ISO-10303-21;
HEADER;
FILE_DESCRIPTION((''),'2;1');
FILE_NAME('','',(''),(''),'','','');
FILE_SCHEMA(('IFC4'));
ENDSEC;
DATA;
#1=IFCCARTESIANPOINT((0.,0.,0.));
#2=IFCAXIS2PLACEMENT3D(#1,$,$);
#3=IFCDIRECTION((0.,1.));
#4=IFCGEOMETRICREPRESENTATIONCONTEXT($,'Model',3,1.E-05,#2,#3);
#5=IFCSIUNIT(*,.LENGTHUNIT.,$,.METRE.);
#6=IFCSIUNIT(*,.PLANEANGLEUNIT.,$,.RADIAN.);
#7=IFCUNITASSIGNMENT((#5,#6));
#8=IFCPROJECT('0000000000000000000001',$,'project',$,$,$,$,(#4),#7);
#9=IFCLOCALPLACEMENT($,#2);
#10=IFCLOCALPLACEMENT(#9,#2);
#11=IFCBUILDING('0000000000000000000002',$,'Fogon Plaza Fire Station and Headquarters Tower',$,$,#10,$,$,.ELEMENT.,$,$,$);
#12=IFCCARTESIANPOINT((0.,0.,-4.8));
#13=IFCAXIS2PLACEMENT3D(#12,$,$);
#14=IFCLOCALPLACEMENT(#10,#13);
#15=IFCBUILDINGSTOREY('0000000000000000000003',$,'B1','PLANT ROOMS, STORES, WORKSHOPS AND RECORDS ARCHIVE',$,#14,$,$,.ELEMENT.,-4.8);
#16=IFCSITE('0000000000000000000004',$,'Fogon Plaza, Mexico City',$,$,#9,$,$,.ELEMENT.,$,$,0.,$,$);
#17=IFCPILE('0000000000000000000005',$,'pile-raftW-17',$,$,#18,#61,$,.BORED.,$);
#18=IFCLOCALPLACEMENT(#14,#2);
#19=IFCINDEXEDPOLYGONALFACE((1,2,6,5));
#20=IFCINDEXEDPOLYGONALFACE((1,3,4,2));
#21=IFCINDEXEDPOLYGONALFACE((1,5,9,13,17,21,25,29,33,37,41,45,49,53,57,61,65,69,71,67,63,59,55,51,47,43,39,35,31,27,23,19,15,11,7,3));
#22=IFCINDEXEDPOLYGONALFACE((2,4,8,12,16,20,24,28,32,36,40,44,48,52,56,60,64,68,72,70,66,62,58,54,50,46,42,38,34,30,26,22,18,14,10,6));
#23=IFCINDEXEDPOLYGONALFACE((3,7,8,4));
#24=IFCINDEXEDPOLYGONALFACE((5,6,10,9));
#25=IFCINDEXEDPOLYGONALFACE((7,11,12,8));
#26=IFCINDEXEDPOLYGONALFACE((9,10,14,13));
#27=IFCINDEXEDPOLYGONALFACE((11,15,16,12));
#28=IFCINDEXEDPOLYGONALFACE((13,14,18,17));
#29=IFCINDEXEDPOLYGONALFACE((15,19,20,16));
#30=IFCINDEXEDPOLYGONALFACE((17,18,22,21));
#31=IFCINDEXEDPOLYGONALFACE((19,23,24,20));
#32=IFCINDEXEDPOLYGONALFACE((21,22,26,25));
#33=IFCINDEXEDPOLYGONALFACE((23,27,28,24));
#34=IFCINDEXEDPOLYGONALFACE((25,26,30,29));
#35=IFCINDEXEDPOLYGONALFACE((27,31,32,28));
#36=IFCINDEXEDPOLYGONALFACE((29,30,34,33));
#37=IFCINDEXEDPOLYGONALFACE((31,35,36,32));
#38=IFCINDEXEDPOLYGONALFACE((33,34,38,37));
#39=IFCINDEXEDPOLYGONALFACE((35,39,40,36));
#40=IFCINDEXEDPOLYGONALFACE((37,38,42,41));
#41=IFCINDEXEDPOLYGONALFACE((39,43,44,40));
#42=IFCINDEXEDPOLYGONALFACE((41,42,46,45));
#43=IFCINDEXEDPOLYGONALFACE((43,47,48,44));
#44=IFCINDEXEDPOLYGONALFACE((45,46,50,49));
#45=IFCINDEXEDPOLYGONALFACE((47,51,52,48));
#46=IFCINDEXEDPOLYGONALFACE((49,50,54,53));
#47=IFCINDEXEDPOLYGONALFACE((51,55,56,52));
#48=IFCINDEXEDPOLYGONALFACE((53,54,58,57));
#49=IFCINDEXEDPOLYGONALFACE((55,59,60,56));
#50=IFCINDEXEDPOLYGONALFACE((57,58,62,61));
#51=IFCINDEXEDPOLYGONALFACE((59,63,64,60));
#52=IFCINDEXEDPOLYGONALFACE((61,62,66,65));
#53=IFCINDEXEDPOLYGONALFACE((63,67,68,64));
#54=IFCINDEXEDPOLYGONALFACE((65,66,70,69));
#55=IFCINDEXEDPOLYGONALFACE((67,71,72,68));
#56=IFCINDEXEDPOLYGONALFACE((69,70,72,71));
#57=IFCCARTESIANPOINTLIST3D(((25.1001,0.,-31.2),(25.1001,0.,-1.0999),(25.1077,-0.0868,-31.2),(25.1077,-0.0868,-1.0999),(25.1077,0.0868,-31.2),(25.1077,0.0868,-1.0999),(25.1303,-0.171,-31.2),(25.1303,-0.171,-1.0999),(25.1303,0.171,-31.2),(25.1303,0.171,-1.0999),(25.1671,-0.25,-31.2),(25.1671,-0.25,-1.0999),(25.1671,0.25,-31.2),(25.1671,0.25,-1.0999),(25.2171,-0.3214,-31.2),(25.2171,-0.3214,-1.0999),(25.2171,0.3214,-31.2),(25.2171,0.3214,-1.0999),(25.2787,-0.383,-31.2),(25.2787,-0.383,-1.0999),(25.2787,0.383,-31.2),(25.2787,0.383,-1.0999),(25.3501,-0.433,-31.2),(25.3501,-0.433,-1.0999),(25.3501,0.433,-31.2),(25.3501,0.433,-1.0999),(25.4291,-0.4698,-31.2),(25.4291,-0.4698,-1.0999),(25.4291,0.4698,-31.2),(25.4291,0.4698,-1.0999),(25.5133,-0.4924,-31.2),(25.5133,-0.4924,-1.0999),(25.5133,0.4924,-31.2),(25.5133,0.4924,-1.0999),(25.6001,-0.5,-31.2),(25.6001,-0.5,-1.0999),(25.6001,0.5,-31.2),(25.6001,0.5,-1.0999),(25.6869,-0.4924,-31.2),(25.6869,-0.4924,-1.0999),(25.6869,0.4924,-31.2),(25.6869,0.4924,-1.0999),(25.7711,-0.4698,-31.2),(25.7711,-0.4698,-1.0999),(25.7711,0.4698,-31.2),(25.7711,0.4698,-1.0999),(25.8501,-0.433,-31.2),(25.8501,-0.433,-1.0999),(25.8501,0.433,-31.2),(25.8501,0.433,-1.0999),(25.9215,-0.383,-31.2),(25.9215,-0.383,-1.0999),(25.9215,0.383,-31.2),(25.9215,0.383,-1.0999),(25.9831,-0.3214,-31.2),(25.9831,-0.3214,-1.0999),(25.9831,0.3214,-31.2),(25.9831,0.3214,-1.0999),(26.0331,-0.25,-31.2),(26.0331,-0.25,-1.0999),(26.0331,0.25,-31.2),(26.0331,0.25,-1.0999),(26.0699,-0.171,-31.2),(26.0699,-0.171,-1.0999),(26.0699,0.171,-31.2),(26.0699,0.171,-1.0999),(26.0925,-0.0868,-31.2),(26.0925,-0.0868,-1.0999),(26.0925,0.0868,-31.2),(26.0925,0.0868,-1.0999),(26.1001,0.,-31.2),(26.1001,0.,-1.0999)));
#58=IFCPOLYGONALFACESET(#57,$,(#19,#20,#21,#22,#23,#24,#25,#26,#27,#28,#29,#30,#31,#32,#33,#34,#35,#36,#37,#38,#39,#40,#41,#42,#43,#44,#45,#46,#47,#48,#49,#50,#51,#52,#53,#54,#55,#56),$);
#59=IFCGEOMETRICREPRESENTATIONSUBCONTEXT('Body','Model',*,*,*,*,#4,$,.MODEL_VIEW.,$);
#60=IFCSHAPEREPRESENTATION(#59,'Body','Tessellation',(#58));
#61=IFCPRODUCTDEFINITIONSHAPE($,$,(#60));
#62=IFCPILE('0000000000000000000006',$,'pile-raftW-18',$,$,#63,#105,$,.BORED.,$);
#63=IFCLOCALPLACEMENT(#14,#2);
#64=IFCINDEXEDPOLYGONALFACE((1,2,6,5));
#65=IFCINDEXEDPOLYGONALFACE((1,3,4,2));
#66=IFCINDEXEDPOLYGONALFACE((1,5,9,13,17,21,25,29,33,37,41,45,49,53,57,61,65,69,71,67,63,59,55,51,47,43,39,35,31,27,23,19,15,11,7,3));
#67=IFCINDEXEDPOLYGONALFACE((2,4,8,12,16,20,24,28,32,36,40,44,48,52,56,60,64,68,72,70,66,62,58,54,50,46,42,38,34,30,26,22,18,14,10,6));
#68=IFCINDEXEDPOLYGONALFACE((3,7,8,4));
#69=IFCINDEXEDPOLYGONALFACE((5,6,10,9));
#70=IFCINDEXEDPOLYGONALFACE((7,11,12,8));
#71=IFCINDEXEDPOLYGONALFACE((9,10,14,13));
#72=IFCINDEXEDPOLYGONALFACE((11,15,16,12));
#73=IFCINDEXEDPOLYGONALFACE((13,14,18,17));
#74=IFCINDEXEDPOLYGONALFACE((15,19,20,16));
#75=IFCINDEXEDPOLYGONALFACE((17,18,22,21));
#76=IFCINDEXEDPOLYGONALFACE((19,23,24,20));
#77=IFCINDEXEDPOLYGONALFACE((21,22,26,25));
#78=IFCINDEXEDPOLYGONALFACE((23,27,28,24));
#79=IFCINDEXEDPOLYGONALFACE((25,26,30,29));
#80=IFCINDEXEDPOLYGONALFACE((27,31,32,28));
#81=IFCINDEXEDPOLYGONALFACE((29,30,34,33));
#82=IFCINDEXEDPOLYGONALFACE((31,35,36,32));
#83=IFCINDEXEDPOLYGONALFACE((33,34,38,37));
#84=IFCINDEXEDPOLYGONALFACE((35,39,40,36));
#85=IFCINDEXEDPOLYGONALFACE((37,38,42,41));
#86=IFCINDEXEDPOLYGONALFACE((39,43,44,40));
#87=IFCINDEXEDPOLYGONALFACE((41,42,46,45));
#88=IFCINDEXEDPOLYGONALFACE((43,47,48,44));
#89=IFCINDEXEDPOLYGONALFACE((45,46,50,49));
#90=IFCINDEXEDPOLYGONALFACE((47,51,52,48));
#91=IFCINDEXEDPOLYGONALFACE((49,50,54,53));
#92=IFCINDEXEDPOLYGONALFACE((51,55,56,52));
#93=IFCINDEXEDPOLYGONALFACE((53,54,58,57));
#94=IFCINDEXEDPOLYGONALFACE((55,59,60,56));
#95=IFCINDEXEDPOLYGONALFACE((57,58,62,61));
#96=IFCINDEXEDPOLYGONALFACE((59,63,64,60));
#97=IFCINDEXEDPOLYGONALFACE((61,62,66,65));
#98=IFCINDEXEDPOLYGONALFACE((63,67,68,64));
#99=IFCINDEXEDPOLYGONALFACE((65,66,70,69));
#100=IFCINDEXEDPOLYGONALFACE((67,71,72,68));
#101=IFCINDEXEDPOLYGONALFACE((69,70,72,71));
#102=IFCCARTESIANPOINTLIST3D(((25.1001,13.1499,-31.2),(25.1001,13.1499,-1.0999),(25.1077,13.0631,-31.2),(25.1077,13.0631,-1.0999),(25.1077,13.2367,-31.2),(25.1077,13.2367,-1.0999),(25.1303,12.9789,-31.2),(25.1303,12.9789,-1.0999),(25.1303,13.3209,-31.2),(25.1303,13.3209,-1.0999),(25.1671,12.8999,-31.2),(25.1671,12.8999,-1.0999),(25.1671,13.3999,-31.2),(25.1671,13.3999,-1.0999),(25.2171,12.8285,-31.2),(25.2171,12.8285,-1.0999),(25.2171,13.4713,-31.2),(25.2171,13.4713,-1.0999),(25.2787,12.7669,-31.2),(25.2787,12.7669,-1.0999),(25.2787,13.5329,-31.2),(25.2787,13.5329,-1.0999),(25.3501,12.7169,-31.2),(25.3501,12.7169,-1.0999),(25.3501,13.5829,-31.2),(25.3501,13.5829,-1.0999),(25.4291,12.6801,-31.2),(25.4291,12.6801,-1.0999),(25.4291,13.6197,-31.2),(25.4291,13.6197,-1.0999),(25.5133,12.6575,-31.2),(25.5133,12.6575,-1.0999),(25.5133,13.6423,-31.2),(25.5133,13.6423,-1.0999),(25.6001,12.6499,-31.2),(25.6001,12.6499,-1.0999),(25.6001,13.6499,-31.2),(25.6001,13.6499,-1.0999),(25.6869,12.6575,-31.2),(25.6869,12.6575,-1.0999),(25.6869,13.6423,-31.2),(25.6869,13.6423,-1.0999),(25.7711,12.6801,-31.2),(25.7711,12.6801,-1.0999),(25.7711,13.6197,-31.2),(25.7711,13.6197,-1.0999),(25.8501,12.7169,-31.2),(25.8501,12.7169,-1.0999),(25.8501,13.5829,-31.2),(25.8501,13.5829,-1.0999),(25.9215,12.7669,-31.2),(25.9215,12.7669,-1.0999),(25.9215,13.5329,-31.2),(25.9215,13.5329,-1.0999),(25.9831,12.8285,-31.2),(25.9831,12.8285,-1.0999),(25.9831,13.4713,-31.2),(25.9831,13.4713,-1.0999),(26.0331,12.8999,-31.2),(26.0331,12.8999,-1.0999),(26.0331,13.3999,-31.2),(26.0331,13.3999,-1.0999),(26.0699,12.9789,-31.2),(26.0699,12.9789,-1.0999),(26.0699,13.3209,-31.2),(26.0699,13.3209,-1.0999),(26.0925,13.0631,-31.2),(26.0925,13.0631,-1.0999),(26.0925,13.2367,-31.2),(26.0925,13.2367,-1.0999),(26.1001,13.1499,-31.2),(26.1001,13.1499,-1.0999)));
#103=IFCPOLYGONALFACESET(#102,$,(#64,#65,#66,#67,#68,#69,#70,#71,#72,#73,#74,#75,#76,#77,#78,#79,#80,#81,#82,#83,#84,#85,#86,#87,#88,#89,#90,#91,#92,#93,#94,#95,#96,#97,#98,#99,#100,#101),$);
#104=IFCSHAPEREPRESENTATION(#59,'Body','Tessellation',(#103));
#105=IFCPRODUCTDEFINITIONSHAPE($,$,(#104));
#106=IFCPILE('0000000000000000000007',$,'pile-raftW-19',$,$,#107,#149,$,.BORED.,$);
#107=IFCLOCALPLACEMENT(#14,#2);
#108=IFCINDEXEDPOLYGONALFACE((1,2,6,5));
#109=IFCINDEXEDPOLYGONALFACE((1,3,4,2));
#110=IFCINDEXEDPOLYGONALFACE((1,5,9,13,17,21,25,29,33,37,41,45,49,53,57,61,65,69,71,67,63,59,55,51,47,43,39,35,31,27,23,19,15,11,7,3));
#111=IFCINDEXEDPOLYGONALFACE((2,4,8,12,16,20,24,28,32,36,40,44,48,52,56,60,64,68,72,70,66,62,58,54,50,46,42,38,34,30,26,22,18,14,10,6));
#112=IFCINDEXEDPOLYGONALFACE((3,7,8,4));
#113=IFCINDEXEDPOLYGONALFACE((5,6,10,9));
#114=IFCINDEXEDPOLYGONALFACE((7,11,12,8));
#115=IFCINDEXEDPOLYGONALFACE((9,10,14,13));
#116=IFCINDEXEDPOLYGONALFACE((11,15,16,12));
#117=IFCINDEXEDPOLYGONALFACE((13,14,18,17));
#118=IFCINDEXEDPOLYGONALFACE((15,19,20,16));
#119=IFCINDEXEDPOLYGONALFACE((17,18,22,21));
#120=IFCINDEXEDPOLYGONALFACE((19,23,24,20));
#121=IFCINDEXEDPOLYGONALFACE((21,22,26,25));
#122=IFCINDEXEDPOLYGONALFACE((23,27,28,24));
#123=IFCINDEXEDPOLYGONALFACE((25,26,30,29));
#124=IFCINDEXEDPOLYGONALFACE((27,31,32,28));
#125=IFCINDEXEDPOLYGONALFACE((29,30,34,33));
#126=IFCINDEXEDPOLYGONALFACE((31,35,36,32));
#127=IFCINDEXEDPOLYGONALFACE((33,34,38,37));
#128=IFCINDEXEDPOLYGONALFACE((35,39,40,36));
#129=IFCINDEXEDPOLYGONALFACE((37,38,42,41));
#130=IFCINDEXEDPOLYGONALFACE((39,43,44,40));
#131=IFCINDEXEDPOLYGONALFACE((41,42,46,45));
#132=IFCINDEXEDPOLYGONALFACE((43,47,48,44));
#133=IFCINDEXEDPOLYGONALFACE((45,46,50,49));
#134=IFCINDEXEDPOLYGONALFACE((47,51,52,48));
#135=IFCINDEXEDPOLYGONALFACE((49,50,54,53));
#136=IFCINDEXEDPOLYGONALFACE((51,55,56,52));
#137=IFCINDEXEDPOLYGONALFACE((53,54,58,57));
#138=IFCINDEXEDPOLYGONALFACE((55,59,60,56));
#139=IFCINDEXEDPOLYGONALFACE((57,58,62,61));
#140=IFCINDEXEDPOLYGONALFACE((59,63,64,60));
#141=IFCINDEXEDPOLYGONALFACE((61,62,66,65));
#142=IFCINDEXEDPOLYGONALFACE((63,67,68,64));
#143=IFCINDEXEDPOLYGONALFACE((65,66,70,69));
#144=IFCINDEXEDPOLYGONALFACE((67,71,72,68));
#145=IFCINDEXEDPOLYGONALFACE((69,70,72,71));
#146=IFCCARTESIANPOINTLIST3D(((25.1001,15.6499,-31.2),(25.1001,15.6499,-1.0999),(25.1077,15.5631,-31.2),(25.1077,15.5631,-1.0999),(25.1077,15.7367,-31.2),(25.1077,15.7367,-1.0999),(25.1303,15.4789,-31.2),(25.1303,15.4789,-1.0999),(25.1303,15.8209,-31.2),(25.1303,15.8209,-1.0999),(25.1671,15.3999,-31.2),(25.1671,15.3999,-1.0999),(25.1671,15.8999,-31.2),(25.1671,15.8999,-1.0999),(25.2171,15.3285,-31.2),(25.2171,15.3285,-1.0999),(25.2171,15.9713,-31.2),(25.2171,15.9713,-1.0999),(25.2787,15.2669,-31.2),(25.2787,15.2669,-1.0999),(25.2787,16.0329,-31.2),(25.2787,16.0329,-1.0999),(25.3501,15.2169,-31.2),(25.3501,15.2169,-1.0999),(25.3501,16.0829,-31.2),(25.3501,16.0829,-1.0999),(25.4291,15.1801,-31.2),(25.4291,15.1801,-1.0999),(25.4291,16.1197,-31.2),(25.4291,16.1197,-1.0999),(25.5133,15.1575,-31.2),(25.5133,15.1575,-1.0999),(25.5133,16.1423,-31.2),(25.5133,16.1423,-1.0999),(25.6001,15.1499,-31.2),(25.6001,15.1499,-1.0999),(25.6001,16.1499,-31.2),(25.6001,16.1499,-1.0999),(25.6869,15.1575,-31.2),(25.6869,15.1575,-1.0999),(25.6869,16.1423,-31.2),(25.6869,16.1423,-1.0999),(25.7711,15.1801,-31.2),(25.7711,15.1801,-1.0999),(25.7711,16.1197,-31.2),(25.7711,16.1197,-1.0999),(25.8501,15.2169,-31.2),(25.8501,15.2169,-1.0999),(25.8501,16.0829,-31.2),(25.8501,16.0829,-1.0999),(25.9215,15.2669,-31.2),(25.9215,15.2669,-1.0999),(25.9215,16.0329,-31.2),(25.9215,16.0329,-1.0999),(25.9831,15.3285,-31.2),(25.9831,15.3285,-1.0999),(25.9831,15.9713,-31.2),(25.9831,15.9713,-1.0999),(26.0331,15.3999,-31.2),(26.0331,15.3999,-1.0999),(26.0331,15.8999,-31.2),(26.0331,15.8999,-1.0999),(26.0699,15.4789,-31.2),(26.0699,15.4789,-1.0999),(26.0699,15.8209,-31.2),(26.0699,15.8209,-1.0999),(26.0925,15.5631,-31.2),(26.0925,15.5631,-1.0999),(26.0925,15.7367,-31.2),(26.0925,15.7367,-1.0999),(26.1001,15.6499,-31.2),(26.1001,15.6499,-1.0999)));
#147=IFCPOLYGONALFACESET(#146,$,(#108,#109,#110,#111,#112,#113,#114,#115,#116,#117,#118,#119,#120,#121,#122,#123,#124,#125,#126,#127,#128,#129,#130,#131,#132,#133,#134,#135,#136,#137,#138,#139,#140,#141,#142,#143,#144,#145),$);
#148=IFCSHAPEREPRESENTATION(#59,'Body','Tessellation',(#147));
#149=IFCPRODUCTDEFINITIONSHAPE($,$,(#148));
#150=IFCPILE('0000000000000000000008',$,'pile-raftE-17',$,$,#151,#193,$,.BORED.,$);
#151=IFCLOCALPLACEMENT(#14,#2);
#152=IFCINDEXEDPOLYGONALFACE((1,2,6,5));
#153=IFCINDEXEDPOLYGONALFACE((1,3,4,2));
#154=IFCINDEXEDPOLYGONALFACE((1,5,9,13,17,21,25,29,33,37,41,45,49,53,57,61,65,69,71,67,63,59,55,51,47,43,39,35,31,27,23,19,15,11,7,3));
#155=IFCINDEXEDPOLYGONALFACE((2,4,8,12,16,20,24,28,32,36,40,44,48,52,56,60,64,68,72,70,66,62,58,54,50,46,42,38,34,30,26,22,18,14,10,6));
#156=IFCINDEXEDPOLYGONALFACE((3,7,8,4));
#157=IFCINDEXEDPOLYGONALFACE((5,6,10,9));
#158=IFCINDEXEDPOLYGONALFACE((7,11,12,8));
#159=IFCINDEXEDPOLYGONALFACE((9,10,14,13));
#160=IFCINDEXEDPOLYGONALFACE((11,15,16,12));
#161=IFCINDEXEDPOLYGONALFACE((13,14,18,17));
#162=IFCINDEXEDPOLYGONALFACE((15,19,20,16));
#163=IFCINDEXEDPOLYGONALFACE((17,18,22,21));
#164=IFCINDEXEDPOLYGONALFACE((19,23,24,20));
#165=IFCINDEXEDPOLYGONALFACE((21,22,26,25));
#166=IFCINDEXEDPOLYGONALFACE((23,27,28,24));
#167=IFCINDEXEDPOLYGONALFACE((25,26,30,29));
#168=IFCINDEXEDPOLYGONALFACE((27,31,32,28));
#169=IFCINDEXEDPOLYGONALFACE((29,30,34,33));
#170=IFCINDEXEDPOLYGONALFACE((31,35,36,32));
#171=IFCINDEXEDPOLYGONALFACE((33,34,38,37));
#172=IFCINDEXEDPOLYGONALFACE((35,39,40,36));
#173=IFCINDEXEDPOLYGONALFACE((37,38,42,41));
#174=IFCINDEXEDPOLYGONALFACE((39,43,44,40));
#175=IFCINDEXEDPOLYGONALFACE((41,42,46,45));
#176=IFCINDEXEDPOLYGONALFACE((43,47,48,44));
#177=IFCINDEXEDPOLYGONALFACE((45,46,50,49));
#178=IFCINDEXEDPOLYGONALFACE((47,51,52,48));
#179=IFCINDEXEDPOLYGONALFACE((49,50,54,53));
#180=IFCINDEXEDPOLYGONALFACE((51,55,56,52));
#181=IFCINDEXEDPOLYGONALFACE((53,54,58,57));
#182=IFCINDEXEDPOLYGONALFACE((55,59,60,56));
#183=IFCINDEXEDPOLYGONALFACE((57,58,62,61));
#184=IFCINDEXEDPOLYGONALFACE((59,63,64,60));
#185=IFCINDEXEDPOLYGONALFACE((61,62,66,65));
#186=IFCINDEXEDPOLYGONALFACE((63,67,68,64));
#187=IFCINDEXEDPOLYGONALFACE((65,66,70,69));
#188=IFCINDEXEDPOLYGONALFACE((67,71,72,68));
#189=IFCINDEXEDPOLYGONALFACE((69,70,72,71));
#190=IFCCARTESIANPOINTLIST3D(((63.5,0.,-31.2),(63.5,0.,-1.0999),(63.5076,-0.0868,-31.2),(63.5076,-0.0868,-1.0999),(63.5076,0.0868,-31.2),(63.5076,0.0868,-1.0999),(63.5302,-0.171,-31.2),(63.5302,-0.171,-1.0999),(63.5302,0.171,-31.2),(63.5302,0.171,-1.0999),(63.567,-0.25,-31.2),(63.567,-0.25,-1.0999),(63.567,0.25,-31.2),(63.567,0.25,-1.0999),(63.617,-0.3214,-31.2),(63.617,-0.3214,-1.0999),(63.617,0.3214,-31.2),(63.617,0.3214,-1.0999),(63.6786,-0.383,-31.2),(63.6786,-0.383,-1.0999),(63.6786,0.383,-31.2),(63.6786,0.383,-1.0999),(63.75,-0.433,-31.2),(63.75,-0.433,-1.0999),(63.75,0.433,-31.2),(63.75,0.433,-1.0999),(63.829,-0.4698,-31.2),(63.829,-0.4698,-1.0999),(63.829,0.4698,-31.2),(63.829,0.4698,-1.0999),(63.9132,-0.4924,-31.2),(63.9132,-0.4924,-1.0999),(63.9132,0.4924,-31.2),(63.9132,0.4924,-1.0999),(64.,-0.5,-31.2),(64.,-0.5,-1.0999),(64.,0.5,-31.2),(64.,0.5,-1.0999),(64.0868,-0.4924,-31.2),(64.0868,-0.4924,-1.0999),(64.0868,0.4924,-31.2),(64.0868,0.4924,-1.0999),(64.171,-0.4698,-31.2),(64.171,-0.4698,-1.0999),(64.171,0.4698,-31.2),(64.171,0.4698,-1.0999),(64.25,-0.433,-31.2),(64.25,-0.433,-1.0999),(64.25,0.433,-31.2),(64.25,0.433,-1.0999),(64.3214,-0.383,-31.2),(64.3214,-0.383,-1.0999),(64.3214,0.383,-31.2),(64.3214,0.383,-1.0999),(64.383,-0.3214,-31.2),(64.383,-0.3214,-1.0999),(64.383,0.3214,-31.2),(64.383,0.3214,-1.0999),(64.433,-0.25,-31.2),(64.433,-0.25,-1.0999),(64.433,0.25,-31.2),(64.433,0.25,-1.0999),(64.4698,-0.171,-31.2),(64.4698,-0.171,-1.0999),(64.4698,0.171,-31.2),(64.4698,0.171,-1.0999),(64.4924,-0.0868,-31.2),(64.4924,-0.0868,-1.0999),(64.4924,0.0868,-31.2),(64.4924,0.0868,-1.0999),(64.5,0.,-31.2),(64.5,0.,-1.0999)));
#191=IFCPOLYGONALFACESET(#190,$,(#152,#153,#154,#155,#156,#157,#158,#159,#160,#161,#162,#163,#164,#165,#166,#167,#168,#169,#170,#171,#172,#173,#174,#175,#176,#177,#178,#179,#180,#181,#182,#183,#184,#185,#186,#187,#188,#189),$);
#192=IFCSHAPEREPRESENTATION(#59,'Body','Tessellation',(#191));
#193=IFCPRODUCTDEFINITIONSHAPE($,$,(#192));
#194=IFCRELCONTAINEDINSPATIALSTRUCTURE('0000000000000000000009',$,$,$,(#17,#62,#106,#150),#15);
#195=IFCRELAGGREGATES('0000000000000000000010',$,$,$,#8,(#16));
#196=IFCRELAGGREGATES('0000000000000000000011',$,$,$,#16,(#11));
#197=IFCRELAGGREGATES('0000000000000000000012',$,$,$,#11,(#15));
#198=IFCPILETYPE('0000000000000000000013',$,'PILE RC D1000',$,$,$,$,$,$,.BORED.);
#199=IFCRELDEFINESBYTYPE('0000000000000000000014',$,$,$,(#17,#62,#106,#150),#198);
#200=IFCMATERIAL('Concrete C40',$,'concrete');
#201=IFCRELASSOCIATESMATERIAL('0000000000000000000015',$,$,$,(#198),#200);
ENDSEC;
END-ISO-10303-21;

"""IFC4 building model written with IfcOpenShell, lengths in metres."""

from ifc_helpers import new_model, si_unit, direction, frame, origin, origin_2d, place, context, subcontext, project, spatial, circle, extrude, material, material_profile, profile_set, type_object, element, save


model = new_model("IFC4")

# Units and contexts
model_context = context("Model", 3, precision=1e-05, world=origin(), true_north=direction((0.0, 1.0)))
body_context = subcontext(model_context, "Body", "Model", "MODEL_VIEW")
ifc_project = project(units=[si_unit("LENGTHUNIT", "METRE"), si_unit("PLANEANGLEUNIT", "RADIAN")], contexts=[model_context])

# Site, building, storey
site_placement = place(None, origin())
site = spatial("IfcSite", under=ifc_project, at=site_placement, Name="Fogon Plaza, Mexico City", CompositionType="ELEMENT", RefElevation=0.0)
building_placement = place(site_placement, origin())
building = spatial("IfcBuilding", under=site, at=building_placement, Name="Fogon Plaza Fire Station and Headquarters Tower", CompositionType="ELEMENT")
storey_placement = place(building_placement, frame((0.0, 0.0, -4.8)))
storey = spatial("IfcBuildingStorey", under=building, at=storey_placement, Name="B1", Description="PLANT ROOMS, STORES, WORKSHOPS AND RECORDS ARCHIVE", CompositionType="ELEMENT", Elevation=-4.8)

# Piles
ifc_material_1 = material(Name="Concrete C40", Category="concrete")
ifc_material_profile_1 = material_profile(ifc_material_1, circle(Radius=0.5, at=origin_2d()), Name="RC D1000")
ifc_profile_set_1 = profile_set([ifc_material_profile_1], Name="Concrete C40")
pile_type_1 = type_object("IfcPileType", Name="PILE RC D1000", PredefinedType="BORED", material=ifc_profile_set_1)
for number, where, z_axis, x_axis, name in (
    (1, (25.6001, 0.0, -1.0999), (0.0, 0.0, -1.0), (1.0, 0.0, 0.0), "pile-raftW-17"),
    (2, (25.6001, 13.1499, -1.0999), (0.0, 0.0, -1.0), (1.0, 0.0, 0.0), "pile-raftW-18"),
    (3, (25.6001, 15.6499, -1.0999), (0.0, 0.0, -1.0), (1.0, 0.0, 0.0), "pile-raftW-19"),
    (4, (64.0, 0.0, -1.0999), (0.0, 0.0, -1.0), (1.0, 0.0, 0.0), "pile-raftE-17"),
):
    element("IfcPile", number, at=place(storey_placement, frame(where, z_axis=z_axis, x_axis=x_axis)), inside=storey, type_object=pile_type_1, Name=name, PredefinedType="BORED", context=body_context, shape_type="SweptSolid", body=[
        extrude(circle(Radius=0.5, at=origin_2d()), origin(), (0.0, 0.0, 1.0), 30.1001),
    ])

save(model, "model.ifc")
